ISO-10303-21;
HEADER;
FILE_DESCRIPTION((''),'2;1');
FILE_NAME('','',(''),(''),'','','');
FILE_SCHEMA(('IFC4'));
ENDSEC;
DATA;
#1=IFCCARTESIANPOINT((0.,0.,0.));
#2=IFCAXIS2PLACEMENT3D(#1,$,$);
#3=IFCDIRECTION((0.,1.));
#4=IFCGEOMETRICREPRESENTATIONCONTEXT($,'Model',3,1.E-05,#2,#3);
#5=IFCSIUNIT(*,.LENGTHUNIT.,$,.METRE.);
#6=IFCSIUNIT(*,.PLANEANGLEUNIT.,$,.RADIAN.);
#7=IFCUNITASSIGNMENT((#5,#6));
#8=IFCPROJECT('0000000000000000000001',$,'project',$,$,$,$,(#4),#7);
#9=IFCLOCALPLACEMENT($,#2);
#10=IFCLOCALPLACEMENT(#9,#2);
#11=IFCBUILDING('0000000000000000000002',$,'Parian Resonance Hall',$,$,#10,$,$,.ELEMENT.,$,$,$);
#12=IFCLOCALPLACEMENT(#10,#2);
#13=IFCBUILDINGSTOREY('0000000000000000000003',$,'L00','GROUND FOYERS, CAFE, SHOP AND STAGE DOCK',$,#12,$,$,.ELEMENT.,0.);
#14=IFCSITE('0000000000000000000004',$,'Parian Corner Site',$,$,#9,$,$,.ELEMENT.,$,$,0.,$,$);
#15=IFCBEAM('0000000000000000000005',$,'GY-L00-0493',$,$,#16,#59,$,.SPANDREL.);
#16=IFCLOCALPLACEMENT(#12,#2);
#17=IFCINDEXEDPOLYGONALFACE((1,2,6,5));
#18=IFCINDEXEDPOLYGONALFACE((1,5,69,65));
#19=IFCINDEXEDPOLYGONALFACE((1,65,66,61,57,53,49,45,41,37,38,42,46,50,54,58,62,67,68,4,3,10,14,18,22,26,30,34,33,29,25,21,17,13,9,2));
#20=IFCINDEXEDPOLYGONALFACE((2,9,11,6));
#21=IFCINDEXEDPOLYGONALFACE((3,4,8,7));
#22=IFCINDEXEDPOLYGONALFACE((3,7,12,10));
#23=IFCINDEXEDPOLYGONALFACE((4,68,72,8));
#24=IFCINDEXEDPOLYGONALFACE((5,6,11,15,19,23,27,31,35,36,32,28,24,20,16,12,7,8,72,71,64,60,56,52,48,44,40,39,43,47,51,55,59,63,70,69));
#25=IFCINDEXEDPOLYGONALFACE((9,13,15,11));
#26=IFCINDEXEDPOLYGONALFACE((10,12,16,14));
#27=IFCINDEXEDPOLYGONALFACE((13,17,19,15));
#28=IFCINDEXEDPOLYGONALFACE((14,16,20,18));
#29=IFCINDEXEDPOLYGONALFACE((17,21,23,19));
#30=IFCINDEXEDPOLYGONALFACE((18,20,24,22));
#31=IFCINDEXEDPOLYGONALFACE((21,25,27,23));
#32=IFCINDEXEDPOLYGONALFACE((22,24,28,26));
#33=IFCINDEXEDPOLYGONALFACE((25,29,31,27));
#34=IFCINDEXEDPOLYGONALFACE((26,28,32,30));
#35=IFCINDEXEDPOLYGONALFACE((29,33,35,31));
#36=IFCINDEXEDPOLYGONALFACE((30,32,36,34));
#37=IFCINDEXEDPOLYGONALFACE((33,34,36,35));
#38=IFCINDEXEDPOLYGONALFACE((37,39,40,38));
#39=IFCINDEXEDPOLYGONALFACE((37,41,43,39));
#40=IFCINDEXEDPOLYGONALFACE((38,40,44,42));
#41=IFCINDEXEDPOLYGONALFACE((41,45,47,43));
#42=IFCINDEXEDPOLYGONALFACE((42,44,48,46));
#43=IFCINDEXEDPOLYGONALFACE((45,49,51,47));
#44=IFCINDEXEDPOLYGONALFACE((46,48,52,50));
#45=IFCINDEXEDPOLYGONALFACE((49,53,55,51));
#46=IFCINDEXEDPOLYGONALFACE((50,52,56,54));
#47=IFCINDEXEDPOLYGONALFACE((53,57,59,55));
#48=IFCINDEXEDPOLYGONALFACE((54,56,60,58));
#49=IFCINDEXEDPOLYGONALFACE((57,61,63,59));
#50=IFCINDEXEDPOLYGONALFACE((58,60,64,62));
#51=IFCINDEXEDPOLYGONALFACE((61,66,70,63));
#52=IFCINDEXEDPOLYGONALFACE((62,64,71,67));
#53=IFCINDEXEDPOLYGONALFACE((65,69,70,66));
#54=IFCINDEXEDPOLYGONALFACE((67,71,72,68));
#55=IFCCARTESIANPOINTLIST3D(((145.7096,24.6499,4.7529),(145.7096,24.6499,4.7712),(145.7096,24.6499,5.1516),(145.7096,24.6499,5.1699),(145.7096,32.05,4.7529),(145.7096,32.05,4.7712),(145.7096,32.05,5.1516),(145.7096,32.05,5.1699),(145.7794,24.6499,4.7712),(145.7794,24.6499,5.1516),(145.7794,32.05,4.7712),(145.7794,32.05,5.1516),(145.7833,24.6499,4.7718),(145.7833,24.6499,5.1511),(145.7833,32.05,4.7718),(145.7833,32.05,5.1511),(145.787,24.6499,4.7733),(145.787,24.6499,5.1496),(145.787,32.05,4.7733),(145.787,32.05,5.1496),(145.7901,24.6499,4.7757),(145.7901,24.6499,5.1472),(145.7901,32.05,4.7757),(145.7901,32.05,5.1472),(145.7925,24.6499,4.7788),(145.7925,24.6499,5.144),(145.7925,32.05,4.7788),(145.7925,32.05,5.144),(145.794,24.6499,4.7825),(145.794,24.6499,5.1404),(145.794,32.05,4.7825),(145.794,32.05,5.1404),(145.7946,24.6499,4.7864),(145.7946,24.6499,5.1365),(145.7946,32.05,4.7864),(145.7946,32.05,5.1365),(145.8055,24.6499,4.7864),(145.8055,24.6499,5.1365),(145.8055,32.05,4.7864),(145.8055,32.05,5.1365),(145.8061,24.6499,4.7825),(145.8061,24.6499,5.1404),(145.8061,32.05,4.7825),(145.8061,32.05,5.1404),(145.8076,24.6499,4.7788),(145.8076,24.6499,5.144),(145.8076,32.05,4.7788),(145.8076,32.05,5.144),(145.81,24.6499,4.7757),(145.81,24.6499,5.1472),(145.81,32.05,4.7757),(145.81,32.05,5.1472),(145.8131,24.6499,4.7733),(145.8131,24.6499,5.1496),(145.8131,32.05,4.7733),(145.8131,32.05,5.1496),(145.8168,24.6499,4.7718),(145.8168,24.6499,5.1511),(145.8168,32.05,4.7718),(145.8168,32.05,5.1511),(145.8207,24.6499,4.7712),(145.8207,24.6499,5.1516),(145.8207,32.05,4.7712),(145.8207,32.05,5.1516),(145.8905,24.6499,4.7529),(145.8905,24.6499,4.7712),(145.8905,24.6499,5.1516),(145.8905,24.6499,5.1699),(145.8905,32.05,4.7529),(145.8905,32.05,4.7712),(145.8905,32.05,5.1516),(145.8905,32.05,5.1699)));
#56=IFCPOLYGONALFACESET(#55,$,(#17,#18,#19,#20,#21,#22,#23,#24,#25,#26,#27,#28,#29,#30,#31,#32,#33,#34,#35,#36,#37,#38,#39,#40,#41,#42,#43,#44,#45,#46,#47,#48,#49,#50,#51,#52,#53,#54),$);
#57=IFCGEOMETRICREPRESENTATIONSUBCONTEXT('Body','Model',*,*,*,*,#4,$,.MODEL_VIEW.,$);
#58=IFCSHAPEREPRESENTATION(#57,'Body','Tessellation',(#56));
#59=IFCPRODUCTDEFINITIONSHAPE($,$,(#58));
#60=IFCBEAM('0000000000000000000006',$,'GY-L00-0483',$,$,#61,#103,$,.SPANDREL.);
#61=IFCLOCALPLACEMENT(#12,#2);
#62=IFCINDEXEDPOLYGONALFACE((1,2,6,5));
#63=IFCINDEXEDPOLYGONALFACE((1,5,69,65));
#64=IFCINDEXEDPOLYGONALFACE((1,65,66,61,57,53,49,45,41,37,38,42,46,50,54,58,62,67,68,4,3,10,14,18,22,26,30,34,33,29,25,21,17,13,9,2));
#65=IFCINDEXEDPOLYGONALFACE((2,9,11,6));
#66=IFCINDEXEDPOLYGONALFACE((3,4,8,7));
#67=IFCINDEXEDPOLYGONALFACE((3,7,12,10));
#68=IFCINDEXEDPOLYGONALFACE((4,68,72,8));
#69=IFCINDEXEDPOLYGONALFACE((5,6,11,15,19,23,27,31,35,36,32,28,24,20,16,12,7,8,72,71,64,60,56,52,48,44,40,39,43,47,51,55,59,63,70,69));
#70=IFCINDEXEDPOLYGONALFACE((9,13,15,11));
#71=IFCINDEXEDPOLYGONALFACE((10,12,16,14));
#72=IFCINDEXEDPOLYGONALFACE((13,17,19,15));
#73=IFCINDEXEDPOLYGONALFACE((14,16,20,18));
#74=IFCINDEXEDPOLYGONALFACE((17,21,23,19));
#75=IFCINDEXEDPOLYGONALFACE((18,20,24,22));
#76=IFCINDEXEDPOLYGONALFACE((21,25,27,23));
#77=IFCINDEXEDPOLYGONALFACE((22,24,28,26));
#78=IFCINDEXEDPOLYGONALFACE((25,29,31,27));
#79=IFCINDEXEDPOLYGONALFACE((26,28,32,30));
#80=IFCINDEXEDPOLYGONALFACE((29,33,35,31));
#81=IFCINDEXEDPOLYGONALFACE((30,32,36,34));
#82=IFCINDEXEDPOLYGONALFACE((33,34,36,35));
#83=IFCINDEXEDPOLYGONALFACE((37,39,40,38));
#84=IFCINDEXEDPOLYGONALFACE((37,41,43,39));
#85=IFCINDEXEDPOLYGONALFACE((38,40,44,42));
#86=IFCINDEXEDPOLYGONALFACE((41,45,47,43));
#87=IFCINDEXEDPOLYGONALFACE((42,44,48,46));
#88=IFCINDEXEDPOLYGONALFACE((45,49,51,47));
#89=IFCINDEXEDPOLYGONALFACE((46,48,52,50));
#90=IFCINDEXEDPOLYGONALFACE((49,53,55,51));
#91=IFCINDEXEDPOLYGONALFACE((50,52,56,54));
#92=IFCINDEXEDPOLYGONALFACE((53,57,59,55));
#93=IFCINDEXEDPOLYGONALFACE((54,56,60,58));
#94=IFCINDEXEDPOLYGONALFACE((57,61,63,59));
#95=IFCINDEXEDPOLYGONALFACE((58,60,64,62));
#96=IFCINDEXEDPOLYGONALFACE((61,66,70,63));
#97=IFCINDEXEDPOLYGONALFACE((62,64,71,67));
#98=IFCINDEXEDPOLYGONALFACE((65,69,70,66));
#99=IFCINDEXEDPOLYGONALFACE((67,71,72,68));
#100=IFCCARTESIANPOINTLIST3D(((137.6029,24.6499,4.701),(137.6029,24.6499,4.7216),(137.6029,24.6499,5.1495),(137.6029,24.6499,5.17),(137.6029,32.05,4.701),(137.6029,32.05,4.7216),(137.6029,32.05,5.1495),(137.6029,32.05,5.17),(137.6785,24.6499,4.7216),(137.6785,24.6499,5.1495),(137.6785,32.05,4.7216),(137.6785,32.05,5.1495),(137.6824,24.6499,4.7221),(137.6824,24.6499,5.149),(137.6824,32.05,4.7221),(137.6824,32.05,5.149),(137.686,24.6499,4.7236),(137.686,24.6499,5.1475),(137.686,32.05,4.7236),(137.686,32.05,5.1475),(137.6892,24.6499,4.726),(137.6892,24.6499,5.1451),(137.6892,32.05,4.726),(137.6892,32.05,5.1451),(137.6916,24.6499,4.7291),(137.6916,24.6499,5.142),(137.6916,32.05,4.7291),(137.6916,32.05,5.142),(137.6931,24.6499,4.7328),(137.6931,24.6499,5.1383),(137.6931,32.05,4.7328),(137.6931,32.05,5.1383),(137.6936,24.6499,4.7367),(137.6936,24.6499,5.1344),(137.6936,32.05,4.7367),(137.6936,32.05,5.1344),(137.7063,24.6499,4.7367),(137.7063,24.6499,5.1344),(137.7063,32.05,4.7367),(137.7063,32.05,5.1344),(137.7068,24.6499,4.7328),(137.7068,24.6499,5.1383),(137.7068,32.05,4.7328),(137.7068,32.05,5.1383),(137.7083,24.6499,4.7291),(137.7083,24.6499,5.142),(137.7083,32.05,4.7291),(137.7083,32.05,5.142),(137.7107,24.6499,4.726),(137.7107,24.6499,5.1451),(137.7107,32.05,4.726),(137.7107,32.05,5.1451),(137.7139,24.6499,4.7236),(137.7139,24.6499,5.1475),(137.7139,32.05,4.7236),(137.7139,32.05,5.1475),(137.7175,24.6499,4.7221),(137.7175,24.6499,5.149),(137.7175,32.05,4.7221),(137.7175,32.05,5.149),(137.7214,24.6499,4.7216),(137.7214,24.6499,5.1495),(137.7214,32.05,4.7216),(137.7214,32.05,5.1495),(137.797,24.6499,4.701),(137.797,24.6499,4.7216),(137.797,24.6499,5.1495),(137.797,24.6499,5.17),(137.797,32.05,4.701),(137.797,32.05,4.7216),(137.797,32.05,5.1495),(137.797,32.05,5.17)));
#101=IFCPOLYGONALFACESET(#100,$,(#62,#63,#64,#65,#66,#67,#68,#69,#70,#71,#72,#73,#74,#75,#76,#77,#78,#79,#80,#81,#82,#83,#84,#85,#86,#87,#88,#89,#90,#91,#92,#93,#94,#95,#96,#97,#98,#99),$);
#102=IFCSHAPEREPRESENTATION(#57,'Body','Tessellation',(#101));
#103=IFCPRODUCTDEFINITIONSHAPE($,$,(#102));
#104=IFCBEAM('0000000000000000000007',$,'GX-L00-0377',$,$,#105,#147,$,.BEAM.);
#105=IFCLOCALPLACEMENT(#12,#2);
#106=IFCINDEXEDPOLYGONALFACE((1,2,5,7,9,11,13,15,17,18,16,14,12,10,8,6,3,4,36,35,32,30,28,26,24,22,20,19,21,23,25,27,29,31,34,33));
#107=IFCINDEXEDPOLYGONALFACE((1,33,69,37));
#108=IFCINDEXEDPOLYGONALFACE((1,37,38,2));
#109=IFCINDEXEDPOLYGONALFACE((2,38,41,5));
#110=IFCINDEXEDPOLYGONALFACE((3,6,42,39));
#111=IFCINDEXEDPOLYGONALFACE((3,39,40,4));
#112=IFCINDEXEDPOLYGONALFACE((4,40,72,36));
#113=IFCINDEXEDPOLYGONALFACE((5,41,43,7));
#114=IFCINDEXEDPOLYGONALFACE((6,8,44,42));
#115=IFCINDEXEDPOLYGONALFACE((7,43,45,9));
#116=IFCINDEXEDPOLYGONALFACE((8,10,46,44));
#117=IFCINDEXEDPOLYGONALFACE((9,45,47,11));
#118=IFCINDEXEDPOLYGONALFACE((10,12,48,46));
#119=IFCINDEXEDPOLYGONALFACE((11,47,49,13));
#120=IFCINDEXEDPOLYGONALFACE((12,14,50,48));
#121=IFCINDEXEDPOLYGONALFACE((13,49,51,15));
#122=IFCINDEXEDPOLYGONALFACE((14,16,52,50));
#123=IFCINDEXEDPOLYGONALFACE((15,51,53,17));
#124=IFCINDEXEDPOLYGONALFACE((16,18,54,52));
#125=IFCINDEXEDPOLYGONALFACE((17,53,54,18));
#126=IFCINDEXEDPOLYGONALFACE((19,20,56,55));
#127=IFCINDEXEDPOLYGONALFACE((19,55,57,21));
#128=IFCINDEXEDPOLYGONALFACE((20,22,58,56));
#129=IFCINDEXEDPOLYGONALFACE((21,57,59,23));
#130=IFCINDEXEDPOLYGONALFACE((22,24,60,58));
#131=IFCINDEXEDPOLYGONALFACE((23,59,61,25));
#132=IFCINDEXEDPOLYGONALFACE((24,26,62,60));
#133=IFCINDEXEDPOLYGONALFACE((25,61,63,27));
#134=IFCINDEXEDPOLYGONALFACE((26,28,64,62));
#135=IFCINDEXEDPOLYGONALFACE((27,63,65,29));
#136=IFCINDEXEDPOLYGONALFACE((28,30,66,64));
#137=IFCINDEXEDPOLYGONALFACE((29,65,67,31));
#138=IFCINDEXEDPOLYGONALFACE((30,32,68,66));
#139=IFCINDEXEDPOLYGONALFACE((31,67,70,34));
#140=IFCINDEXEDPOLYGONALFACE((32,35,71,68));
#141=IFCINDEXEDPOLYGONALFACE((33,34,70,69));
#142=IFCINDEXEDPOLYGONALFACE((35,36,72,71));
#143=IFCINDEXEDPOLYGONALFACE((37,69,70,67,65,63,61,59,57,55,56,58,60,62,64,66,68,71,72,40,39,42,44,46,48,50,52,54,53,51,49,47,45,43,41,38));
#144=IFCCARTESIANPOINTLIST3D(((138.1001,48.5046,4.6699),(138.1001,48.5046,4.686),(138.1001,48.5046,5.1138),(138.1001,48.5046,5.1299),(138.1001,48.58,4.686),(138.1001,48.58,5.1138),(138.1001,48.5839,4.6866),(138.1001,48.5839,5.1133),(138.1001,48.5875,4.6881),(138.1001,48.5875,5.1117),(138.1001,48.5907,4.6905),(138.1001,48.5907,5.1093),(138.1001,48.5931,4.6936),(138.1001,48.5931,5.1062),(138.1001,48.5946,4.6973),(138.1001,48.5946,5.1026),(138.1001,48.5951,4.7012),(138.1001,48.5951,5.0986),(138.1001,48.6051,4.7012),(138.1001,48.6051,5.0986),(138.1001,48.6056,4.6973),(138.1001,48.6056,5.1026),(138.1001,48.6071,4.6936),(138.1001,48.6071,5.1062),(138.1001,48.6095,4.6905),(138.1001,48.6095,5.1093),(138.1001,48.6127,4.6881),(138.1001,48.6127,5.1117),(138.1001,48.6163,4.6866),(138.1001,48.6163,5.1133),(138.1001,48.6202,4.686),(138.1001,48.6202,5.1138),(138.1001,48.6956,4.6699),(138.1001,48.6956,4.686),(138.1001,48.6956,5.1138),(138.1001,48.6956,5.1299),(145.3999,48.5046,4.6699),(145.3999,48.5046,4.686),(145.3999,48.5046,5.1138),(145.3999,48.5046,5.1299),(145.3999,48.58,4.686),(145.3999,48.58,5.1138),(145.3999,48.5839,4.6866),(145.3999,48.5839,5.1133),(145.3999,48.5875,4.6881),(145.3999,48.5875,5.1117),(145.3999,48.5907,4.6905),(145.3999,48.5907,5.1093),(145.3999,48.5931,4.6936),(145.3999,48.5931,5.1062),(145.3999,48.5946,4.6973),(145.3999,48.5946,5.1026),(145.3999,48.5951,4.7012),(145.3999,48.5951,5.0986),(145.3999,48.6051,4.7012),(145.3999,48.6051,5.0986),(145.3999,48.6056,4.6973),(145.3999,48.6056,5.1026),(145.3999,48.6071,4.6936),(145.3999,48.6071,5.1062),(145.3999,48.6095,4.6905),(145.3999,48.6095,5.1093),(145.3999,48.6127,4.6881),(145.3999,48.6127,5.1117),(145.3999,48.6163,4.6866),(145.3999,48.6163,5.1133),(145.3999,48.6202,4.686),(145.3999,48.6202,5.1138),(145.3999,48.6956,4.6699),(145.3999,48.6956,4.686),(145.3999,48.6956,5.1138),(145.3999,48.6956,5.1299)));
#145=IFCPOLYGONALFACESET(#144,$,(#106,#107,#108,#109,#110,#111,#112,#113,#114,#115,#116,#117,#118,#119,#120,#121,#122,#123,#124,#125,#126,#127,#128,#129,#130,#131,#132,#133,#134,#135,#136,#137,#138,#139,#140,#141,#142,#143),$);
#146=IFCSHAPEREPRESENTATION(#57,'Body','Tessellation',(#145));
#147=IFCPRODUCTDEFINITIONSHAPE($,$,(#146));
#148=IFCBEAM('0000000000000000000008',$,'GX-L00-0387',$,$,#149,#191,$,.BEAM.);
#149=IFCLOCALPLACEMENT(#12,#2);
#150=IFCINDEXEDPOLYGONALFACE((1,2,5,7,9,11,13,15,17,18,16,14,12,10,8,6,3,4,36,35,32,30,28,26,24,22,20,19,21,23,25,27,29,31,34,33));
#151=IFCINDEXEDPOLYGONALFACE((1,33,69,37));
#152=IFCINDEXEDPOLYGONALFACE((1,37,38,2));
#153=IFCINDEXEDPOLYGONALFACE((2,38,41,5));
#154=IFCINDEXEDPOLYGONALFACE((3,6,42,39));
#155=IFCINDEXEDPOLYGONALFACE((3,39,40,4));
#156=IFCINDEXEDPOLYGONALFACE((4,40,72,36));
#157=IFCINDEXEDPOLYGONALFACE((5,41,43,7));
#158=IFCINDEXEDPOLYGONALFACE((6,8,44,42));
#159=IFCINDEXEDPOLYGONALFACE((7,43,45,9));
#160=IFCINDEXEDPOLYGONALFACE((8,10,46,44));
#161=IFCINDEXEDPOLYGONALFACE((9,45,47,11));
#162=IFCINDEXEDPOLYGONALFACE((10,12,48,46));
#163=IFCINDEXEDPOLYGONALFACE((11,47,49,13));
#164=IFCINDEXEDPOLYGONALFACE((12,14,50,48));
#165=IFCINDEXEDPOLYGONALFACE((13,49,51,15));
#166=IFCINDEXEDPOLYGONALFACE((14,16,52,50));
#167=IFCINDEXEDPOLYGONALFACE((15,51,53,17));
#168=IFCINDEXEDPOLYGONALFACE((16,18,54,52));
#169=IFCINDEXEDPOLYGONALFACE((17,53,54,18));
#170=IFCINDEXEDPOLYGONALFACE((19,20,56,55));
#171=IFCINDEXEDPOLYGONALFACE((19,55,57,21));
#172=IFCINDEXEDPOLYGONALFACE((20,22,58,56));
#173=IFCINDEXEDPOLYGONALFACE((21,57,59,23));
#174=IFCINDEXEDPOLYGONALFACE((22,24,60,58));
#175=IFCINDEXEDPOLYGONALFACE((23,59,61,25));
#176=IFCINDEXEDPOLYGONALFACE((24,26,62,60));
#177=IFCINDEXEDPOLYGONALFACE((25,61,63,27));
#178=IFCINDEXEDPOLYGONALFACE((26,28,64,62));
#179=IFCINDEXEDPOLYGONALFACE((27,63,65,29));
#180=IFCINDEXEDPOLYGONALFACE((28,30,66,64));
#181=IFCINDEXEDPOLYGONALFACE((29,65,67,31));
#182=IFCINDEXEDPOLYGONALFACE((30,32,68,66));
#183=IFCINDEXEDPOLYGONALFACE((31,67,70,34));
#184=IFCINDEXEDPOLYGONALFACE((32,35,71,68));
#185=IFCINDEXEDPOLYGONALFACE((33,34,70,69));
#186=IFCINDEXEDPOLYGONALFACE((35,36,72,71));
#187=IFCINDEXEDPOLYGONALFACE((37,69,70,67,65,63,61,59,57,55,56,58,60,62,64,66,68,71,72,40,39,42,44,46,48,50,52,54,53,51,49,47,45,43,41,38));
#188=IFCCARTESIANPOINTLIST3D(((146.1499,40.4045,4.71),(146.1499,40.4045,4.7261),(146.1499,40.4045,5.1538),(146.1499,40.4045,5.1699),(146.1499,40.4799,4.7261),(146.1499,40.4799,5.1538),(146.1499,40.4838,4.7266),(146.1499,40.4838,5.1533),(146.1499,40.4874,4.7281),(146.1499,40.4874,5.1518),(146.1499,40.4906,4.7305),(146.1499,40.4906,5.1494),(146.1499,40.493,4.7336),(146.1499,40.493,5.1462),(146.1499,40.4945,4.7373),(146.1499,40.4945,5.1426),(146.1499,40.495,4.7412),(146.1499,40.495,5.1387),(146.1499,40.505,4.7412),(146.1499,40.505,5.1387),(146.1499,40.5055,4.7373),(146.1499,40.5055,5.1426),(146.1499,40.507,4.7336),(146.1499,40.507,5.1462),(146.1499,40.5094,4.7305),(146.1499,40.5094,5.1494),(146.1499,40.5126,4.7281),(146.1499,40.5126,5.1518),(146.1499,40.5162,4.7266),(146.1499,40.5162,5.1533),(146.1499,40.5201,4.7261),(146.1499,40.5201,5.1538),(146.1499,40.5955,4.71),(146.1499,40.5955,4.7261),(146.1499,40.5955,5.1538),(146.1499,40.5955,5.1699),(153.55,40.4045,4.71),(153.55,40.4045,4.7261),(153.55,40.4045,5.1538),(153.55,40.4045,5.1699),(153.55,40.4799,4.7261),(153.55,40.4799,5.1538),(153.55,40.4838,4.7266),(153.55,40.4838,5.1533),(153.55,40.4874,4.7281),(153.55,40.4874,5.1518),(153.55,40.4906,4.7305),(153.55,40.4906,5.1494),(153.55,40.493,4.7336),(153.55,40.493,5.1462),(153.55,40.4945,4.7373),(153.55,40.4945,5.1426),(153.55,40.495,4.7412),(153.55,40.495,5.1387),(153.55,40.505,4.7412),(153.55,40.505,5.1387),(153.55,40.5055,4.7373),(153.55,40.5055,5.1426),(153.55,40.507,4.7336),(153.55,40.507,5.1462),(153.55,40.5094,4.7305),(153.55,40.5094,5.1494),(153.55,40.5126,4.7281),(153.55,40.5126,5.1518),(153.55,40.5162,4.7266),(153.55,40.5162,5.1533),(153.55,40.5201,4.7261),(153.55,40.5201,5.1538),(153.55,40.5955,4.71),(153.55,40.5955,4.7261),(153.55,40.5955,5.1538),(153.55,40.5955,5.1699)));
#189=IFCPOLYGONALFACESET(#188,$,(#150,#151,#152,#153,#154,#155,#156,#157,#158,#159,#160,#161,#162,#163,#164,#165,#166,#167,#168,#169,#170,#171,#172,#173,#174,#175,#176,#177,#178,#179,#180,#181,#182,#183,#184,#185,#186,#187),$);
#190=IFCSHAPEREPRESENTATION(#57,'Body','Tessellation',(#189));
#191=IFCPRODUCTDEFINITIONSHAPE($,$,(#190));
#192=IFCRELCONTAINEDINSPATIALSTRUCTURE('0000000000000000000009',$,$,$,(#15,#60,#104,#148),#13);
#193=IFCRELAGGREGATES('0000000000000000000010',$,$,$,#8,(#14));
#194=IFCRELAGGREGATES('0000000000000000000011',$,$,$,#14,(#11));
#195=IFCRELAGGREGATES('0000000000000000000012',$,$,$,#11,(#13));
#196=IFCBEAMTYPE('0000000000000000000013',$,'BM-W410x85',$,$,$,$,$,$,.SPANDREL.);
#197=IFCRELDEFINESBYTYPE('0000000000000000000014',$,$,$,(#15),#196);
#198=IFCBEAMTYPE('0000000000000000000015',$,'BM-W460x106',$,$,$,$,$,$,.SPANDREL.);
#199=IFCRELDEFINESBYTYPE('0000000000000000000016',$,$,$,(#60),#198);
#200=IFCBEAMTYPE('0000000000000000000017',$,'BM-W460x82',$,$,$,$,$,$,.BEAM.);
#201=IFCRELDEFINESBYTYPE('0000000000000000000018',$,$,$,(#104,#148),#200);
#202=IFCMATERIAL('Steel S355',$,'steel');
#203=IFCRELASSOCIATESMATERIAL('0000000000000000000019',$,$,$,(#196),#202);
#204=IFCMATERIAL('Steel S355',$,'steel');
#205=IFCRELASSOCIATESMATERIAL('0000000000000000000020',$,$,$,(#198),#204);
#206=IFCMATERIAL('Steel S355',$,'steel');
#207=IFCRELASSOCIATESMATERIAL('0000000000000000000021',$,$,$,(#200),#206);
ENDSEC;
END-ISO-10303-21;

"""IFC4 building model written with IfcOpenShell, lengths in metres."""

from ifc_helpers import new_model, si_unit, direction, frame, origin, origin_2d, place, context, subcontext, project, spatial, i_section, extrude, material, material_profile, profile_set, type_object, element, save


model = new_model("IFC4")

# Units and contexts
model_context = context("Model", 3, precision=1e-05, world=origin(), true_north=direction((0.0, 1.0)))
body_context = subcontext(model_context, "Body", "Model", "MODEL_VIEW")
ifc_project = project(units=[si_unit("LENGTHUNIT", "METRE"), si_unit("PLANEANGLEUNIT", "RADIAN")], contexts=[model_context])

# Site, building, storey
site_placement = place(None, origin())
site = spatial("IfcSite", under=ifc_project, at=site_placement, Name="Parian Corner Site", CompositionType="ELEMENT", RefElevation=0.0)
building_placement = place(site_placement, origin())
building = spatial("IfcBuilding", under=site, at=building_placement, Name="Parian Resonance Hall", CompositionType="ELEMENT")
storey_placement = place(building_placement, origin())
storey = spatial("IfcBuildingStorey", under=building, at=storey_placement, Name="L00", Description="GROUND FOYERS, CAFE, SHOP AND STAGE DOCK", CompositionType="ELEMENT", Elevation=0.0)

# Beams
ifc_material_1 = material(Name="Steel S355", Category="steel")
ifc_material_profile_1 = material_profile(ifc_material_1, i_section(OverallWidth=0.1809, OverallDepth=0.417, WebThickness=0.011, FlangeThickness=0.0183, FilletRadius=0.0151, at=origin_2d()), Name="W410x85")
ifc_profile_set_1 = profile_set([ifc_material_profile_1], Name="Steel S355")
beam_type_1 = type_object("IfcBeamType", Name="BM-W410x85", PredefinedType="SPANDREL", material=ifc_profile_set_1)
beam_1_placement = place(storey_placement, frame((145.8, 24.6499, 4.9614), z_axis=(0.0, 1.0, 0.0), x_axis=(-1.0, 0.0, 0.0)))
element("IfcBeam", 1, at=beam_1_placement, inside=storey, type_object=beam_type_1, Name="GY-L00-0493", PredefinedType="SPANDREL", context=body_context, shape_type="SweptSolid", body=[
    extrude(i_section(OverallWidth=0.1809, OverallDepth=0.417, WebThickness=0.011, FlangeThickness=0.0183, FilletRadius=0.0151, at=origin_2d()), origin(), (0.0, 0.0, 1.0), 7.4001),
])
ifc_material_2 = material(Name="Steel S355", Category="steel")
ifc_material_profile_2 = material_profile(ifc_material_2, i_section(OverallWidth=0.1941, OverallDepth=0.469, WebThickness=0.0127, FlangeThickness=0.0205, FilletRadius=0.0151, at=origin_2d()), Name="W460x106")
ifc_profile_set_2 = profile_set([ifc_material_profile_2], Name="Steel S355")
beam_type_2 = type_object("IfcBeamType", Name="BM-W460x106", PredefinedType="SPANDREL", material=ifc_profile_set_2)
beam_2_placement = place(storey_placement, frame((137.7, 24.6499, 4.9355), z_axis=(0.0, 1.0, 0.0), x_axis=(-1.0, 0.0, 0.0)))
element("IfcBeam", 2, at=beam_2_placement, inside=storey, type_object=beam_type_2, Name="GY-L00-0483", PredefinedType="SPANDREL", context=body_context, shape_type="SweptSolid", body=[
    extrude(i_section(OverallWidth=0.1941, OverallDepth=0.469, WebThickness=0.0127, FlangeThickness=0.0205, FilletRadius=0.0151, at=origin_2d()), origin(), (0.0, 0.0, 1.0), 7.4001),
])
ifc_material_3 = material(Name="Steel S355", Category="steel")
ifc_material_profile_3 = material_profile(ifc_material_3, i_section(OverallWidth=0.1909, OverallDepth=0.46, WebThickness=0.01, FlangeThickness=0.0161, FilletRadius=0.0151, at=origin_2d()), Name="W460x82")
ifc_profile_set_3 = profile_set([ifc_material_profile_3], Name="Steel S355")
beam_type_3 = type_object("IfcBeamType", Name="BM-W460x82", PredefinedType="BEAM", material=ifc_profile_set_3)
beam_3_placement = place(storey_placement, frame((138.1001, 48.6001, 4.8999), z_axis=(1.0, 0.0, 0.0), x_axis=(0.0, 1.0, 0.0)))
element("IfcBeam", 3, at=beam_3_placement, inside=storey, type_object=beam_type_3, Name="GX-L00-0377", PredefinedType="BEAM", context=body_context, shape_type="SweptSolid", body=[
    extrude(i_section(OverallWidth=0.1909, OverallDepth=0.46, WebThickness=0.01, FlangeThickness=0.0161, FilletRadius=0.0151, at=origin_2d()), origin(), (0.0, 0.0, 1.0), 7.2998),
])
beam_4_placement = place(storey_placement, frame((146.1499, 40.5, 4.9399), z_axis=(1.0, 0.0, 0.0), x_axis=(0.0, 1.0, 0.0)))
element("IfcBeam", 4, at=beam_4_placement, inside=storey, type_object=beam_type_3, Name="GX-L00-0387", PredefinedType="BEAM", context=body_context, shape_type="SweptSolid", body=[
    extrude(i_section(OverallWidth=0.1909, OverallDepth=0.46, WebThickness=0.01, FlangeThickness=0.0161, FilletRadius=0.0151, at=origin_2d()), origin(), (0.0, 0.0, 1.0), 7.4001),
])

save(model, "model.ifc")
